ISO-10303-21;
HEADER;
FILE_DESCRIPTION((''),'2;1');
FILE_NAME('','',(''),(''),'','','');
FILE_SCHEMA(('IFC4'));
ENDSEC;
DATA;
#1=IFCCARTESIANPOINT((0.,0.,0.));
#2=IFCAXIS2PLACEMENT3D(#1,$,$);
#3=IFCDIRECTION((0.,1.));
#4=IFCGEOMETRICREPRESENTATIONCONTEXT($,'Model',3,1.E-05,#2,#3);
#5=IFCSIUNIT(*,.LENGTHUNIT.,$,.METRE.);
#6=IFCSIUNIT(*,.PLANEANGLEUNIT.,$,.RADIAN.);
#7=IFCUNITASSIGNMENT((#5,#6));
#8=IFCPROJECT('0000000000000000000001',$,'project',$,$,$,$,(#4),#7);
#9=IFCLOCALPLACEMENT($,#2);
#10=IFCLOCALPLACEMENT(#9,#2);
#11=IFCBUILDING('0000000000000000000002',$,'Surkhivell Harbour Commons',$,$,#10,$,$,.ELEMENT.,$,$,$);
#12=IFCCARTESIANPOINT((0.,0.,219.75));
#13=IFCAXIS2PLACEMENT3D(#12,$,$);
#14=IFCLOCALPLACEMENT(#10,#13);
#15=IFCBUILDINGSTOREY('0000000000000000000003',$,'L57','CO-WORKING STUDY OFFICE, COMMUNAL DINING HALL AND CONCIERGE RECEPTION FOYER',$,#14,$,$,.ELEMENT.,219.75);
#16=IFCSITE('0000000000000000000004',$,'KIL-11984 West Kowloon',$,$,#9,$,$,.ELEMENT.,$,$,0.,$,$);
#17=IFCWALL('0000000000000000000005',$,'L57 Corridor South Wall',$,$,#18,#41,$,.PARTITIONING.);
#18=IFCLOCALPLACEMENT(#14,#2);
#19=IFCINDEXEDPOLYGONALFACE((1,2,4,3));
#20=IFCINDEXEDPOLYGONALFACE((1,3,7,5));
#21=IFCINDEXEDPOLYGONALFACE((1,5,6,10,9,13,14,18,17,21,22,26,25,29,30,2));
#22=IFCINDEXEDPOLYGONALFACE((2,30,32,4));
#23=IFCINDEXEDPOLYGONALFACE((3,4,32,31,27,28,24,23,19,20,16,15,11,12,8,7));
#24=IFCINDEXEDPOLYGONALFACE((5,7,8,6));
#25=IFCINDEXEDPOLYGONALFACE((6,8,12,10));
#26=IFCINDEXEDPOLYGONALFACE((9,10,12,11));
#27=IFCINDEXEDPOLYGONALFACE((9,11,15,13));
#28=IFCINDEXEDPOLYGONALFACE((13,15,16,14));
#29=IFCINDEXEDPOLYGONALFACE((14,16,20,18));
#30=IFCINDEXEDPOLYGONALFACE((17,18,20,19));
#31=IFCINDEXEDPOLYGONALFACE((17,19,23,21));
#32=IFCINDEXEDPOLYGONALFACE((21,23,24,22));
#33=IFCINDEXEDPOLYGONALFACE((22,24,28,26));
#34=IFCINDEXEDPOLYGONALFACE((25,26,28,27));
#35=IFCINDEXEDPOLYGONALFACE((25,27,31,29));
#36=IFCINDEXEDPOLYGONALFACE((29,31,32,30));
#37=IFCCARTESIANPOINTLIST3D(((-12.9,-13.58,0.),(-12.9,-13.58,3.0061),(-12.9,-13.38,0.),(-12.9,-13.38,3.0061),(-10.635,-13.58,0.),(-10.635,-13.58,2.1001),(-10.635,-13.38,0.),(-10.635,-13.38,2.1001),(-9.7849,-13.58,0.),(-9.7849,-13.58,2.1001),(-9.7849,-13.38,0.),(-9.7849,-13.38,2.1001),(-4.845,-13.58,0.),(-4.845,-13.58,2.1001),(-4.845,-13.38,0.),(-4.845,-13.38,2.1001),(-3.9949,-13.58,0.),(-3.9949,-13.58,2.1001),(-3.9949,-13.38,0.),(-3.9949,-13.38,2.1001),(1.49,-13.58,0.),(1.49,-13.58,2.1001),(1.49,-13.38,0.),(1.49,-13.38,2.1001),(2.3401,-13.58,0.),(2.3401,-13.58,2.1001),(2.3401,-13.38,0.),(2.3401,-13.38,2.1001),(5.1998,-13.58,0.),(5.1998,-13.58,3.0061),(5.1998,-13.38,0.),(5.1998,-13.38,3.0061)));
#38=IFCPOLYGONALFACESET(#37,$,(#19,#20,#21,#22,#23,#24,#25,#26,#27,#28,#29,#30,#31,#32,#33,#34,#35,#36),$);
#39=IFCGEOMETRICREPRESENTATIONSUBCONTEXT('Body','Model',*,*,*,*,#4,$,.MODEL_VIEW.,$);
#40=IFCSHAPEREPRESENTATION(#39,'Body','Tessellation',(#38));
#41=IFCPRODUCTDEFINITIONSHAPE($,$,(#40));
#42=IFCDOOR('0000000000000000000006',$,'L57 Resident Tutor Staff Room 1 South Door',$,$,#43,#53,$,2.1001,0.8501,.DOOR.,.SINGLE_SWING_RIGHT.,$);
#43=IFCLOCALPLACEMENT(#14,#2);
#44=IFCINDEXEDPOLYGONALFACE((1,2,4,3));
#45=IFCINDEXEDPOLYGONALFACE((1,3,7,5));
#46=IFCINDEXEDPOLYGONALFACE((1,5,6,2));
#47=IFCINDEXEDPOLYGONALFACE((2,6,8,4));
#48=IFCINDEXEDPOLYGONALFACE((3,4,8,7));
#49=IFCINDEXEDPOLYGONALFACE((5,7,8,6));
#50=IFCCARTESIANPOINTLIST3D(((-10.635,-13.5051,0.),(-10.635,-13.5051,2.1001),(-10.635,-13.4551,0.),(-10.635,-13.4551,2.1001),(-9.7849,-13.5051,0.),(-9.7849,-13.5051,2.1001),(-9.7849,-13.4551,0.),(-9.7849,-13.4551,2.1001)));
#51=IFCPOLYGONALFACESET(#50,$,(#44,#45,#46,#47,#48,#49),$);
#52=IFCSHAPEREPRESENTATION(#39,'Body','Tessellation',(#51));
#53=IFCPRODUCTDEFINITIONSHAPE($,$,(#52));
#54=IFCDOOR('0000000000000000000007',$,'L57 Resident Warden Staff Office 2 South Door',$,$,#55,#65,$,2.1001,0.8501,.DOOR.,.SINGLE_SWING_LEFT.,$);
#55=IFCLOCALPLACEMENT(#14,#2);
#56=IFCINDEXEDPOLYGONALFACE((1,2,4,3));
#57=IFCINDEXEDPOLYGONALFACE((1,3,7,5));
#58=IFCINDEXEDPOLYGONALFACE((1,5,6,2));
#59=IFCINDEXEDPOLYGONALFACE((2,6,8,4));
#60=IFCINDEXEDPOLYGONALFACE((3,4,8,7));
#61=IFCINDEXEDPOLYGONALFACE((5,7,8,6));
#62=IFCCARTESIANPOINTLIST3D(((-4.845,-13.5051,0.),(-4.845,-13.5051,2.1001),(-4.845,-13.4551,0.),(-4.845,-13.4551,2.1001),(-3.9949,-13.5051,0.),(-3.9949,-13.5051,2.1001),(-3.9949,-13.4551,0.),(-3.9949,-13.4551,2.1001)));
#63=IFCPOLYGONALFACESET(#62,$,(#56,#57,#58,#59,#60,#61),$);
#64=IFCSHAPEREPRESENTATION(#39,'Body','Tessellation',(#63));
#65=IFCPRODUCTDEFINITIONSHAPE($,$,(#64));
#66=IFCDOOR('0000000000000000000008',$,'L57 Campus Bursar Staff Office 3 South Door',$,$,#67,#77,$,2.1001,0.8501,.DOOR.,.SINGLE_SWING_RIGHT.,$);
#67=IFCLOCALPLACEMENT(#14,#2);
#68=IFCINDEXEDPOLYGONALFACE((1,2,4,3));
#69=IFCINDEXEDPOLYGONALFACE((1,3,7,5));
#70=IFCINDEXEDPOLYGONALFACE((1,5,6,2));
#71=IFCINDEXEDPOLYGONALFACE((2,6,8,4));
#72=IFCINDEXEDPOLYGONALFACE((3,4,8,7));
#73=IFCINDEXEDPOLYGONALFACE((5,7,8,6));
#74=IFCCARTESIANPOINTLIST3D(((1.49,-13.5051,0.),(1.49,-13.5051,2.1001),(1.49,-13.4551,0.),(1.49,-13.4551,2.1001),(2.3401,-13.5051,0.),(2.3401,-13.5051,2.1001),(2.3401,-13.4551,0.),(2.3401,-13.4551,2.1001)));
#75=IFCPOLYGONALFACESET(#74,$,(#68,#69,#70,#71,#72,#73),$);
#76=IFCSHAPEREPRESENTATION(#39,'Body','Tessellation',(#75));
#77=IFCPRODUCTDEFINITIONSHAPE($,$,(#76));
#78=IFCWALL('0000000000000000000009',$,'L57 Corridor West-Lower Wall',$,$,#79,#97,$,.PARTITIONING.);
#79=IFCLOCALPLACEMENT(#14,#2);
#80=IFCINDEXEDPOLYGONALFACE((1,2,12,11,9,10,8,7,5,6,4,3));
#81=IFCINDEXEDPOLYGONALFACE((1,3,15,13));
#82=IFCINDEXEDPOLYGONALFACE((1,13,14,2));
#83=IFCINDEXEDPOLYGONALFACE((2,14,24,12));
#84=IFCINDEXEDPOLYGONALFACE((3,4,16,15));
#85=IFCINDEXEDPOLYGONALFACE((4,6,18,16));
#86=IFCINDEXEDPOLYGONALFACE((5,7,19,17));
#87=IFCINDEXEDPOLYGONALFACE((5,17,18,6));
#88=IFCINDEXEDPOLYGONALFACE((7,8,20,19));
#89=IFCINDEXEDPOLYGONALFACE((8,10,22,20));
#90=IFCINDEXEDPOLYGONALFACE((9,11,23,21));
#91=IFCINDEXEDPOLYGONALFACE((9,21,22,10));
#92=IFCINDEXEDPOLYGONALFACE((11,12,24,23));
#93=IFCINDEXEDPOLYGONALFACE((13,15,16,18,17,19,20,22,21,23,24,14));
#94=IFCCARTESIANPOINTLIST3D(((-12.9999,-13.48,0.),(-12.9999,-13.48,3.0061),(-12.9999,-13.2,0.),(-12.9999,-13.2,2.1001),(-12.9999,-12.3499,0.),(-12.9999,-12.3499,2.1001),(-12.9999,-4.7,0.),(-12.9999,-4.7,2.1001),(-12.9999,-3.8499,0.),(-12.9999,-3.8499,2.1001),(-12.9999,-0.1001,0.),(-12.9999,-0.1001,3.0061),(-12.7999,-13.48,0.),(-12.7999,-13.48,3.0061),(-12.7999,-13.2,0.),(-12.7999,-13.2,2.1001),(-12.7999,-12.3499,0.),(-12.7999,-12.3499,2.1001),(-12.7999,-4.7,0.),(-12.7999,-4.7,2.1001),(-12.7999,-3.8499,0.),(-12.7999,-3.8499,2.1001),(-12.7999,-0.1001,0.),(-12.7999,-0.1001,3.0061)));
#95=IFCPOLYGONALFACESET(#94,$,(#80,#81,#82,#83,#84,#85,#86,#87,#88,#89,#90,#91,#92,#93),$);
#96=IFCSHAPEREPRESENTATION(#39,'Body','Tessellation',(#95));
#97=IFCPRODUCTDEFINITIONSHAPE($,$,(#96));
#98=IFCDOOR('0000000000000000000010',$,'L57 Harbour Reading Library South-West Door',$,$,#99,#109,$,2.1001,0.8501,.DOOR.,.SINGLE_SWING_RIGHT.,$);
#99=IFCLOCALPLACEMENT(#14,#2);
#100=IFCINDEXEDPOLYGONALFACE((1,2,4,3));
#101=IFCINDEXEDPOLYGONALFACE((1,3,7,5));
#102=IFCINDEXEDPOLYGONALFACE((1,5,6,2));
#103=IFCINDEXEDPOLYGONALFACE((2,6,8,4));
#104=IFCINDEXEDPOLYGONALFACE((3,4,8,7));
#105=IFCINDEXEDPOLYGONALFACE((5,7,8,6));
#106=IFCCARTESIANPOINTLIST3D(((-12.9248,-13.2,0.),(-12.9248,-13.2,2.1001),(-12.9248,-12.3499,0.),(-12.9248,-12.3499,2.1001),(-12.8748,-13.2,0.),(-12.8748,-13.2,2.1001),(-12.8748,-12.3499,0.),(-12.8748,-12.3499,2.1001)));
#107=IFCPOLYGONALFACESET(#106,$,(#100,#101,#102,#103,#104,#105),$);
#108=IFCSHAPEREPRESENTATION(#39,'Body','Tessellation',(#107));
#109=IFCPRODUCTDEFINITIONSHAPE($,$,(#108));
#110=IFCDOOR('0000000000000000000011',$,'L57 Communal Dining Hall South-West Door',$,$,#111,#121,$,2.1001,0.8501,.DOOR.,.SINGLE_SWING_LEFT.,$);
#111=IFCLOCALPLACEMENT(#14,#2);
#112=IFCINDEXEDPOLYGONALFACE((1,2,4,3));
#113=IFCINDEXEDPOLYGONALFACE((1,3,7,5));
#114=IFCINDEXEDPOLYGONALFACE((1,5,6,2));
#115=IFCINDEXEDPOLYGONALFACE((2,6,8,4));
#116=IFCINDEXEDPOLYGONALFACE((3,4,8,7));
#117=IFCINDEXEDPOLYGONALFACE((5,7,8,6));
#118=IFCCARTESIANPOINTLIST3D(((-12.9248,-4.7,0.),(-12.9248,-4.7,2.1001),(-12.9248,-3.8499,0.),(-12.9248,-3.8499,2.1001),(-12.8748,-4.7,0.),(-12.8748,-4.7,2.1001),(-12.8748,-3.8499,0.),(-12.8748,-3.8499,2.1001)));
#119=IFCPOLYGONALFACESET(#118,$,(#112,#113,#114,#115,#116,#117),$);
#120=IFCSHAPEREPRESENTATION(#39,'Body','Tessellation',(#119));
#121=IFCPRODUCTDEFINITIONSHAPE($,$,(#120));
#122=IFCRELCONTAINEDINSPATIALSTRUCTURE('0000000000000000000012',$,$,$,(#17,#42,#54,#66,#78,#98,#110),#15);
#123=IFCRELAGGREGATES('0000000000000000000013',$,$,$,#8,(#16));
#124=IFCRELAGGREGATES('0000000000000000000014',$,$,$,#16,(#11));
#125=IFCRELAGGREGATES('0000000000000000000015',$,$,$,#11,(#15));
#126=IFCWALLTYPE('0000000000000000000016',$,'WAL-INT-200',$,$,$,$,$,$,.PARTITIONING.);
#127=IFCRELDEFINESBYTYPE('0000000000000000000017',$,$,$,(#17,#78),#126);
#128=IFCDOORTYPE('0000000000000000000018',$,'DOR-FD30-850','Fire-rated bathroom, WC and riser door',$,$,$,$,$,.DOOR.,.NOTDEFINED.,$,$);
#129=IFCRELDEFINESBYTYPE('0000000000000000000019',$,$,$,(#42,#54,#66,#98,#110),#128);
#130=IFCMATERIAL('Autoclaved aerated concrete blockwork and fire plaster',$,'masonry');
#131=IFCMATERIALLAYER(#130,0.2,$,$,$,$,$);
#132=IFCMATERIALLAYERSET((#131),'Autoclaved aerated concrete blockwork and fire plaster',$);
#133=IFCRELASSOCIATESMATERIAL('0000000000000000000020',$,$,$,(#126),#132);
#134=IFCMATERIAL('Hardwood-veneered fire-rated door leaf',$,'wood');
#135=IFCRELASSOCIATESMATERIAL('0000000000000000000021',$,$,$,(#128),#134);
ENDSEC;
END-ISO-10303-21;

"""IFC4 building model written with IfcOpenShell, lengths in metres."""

from ifc_helpers import new_model, si_unit, direction, frame, frame_2d, origin, place, context, subcontext, project, spatial, rectangle, extrude, material, layer, layer_set, type_object, element, fill, save


model = new_model("IFC4")

# Units and contexts
model_context = context("Model", 3, precision=1e-05, world=origin(), true_north=direction((0.0, 1.0)))
body_context = subcontext(model_context, "Body", "Model", "MODEL_VIEW")
ifc_project = project(units=[si_unit("LENGTHUNIT", "METRE"), si_unit("PLANEANGLEUNIT", "RADIAN")], contexts=[model_context])

# Site, building, storey
site_placement = place(None, origin())
site = spatial("IfcSite", under=ifc_project, at=site_placement, Name="KIL-11984 West Kowloon", CompositionType="ELEMENT", RefElevation=0.0)
building_placement = place(site_placement, origin())
building = spatial("IfcBuilding", under=site, at=building_placement, Name="Surkhivell Harbour Commons", CompositionType="ELEMENT")
storey_placement = place(building_placement, frame((0.0, 0.0, 219.75)))
storey = spatial("IfcBuildingStorey", under=building, at=storey_placement, Name="L57", Description="CO-WORKING STUDY OFFICE, COMMUNAL DINING HALL AND CONCIERGE RECEPTION FOYER", CompositionType="ELEMENT", Elevation=219.75)

# Walls, openings, doors
ifc_material_1 = material(Name="Autoclaved aerated concrete blockwork and fire plaster", Category="masonry")
ifc_layer_1 = layer(ifc_material_1, 0.2)
ifc_layer_set_1 = layer_set([ifc_layer_1], Name="Autoclaved aerated concrete blockwork and fire plaster")
wall_type_1 = type_object("IfcWallType", Name="WAL-INT-200", PredefinedType="PARTITIONING", material=ifc_layer_set_1)
wall_1_placement = place(storey_placement, frame((-12.8999, -13.48, 0.0), z_axis=(0.0, 0.0, 1.0), x_axis=(1.0, 0.0, 0.0)))
wall_1 = element("IfcWall", 1, at=wall_1_placement, inside=storey, type_object=wall_type_1, Name="L57 Corridor South Wall", PredefinedType="PARTITIONING", context=body_context, shape_type="SweptSolid", body=[
    extrude(rectangle(XDim=18.0999, YDim=0.2, at=frame_2d((9.0498, 0.0))), origin(), (0.0, 0.0, 1.0), 3.0061),
])
opening_1_placement = place(wall_1_placement, frame((2.2649, 0.0, 0.0)))
opening_1 = element("IfcOpeningElement", 2, at=opening_1_placement, cuts=wall_1, PredefinedType="OPENING", context=body_context, shape_type="SweptSolid", body=[
    extrude(rectangle(XDim=0.8501, YDim=2.1001, at=frame_2d((0.425, 1.05))), frame((0.0, 0.1099, 0.0), z_axis=(0.0, -1.0, 0.0), x_axis=(1.0, 0.0, 0.0)), (0.0, 0.0, 1.0), 0.22),
])
opening_2_placement = place(wall_1_placement, frame((8.0549, 0.0, 0.0)))
opening_2 = element("IfcOpeningElement", 3, at=opening_2_placement, cuts=wall_1, PredefinedType="OPENING", context=body_context, shape_type="SweptSolid", body=[
    extrude(rectangle(XDim=0.8501, YDim=2.1001, at=frame_2d((0.425, 1.05))), frame((0.0, 0.1099, 0.0), z_axis=(0.0, -1.0, 0.0), x_axis=(1.0, 0.0, 0.0)), (0.0, 0.0, 1.0), 0.22),
])
opening_3_placement = place(wall_1_placement, frame((14.3899, 0.0, 0.0)))
opening_3 = element("IfcOpeningElement", 4, at=opening_3_placement, cuts=wall_1, PredefinedType="OPENING", context=body_context, shape_type="SweptSolid", body=[
    extrude(rectangle(XDim=0.8501, YDim=2.1001, at=frame_2d((0.425, 1.05))), frame((0.0, 0.1099, 0.0), z_axis=(0.0, -1.0, 0.0), x_axis=(1.0, 0.0, 0.0)), (0.0, 0.0, 1.0), 0.22),
])
ifc_material_2 = material(Name="Hardwood-veneered fire-rated door leaf", Category="wood")
door_type = type_object("IfcDoorType", Name="DOR-FD30-850", Description="Fire-rated bathroom, WC and riser door", OperationType="NOTDEFINED", PredefinedType="DOOR", material=ifc_material_2)
door_1_placement = place(opening_1_placement, origin())
door_1 = element("IfcDoor", 5, at=door_1_placement, inside=storey, type_object=door_type, Name="L57 Resident Tutor Staff Room 1 South Door", OperationType="SINGLE_SWING_RIGHT", OverallHeight=2.1001, OverallWidth=0.8501, PredefinedType="DOOR", context=body_context, shape_type="SweptSolid", body=[
    extrude(rectangle(XDim=0.8501, YDim=2.1001, at=frame_2d((0.425, 1.05))), frame((0.0, 0.0249, 0.0), z_axis=(0.0, -1.0, 0.0), x_axis=(1.0, 0.0, 0.0)), (0.0, 0.0, 1.0), 0.05),
])
fill(opening_1, door_1)
door_2_placement = place(opening_2_placement, origin())
door_2 = element("IfcDoor", 6, at=door_2_placement, inside=storey, type_object=door_type, Name="L57 Resident Warden Staff Office 2 South Door", OperationType="SINGLE_SWING_LEFT", OverallHeight=2.1001, OverallWidth=0.8501, PredefinedType="DOOR", context=body_context, shape_type="SweptSolid", body=[
    extrude(rectangle(XDim=0.8501, YDim=2.1001, at=frame_2d((0.425, 1.05))), frame((0.0, 0.0249, 0.0), z_axis=(0.0, -1.0, 0.0), x_axis=(1.0, 0.0, 0.0)), (0.0, 0.0, 1.0), 0.05),
])
fill(opening_2, door_2)
door_3_placement = place(opening_3_placement, origin())
door_3 = element("IfcDoor", 7, at=door_3_placement, inside=storey, type_object=door_type, Name="L57 Campus Bursar Staff Office 3 South Door", OperationType="SINGLE_SWING_RIGHT", OverallHeight=2.1001, OverallWidth=0.8501, PredefinedType="DOOR", context=body_context, shape_type="SweptSolid", body=[
    extrude(rectangle(XDim=0.8501, YDim=2.1001, at=frame_2d((0.425, 1.05))), frame((0.0, 0.0249, 0.0), z_axis=(0.0, -1.0, 0.0), x_axis=(1.0, 0.0, 0.0)), (0.0, 0.0, 1.0), 0.05),
])
fill(opening_3, door_3)
wall_2_placement = place(storey_placement, frame((-12.8999, -13.48, 0.0), z_axis=(0.0, 0.0, 1.0), x_axis=(0.0, 1.0, 0.0)))
wall_2 = element("IfcWall", 8, at=wall_2_placement, inside=storey, type_object=wall_type_1, Name="L57 Corridor West-Lower Wall", PredefinedType="PARTITIONING", context=body_context, shape_type="SweptSolid", body=[
    extrude(rectangle(XDim=13.3799, YDim=0.2, at=frame_2d((6.6899, 0.0))), origin(), (0.0, 0.0, 1.0), 3.0061),
])
opening_4_placement = place(wall_2_placement, frame((0.28, 0.0, 0.0)))
opening_4 = element("IfcOpeningElement", 9, at=opening_4_placement, cuts=wall_2, PredefinedType="OPENING", context=body_context, shape_type="SweptSolid", body=[
    extrude(rectangle(XDim=0.8501, YDim=2.1001, at=frame_2d((0.425, 1.05))), frame((0.0, 0.1099, 0.0), z_axis=(0.0, -1.0, 0.0), x_axis=(1.0, 0.0, 0.0)), (0.0, 0.0, 1.0), 0.22),
])
opening_5_placement = place(wall_2_placement, frame((8.78, 0.0, 0.0)))
opening_5 = element("IfcOpeningElement", 10, at=opening_5_placement, cuts=wall_2, PredefinedType="OPENING", context=body_context, shape_type="SweptSolid", body=[
    extrude(rectangle(XDim=0.8501, YDim=2.1001, at=frame_2d((0.425, 1.05))), frame((0.0, 0.1099, 0.0), z_axis=(0.0, -1.0, 0.0), x_axis=(1.0, 0.0, 0.0)), (0.0, 0.0, 1.0), 0.22),
])
door_4_placement = place(opening_4_placement, origin())
door_4 = element("IfcDoor", 11, at=door_4_placement, inside=storey, type_object=door_type, Name="L57 Harbour Reading Library South-West Door", OperationType="SINGLE_SWING_RIGHT", OverallHeight=2.1001, OverallWidth=0.8501, PredefinedType="DOOR", context=body_context, shape_type="SweptSolid", body=[
    extrude(rectangle(XDim=0.8501, YDim=2.1001, at=frame_2d((0.425, 1.05))), frame((0.0, 0.0249, 0.0), z_axis=(0.0, -1.0, 0.0), x_axis=(1.0, 0.0, 0.0)), (0.0, 0.0, 1.0), 0.05),
])
fill(opening_4, door_4)
door_5_placement = place(opening_5_placement, origin())
door_5 = element("IfcDoor", 12, at=door_5_placement, inside=storey, type_object=door_type, Name="L57 Communal Dining Hall South-West Door", OperationType="SINGLE_SWING_LEFT", OverallHeight=2.1001, OverallWidth=0.8501, PredefinedType="DOOR", context=body_context, shape_type="SweptSolid", body=[
    extrude(rectangle(XDim=0.8501, YDim=2.1001, at=frame_2d((0.425, 1.05))), frame((0.0, 0.0249, 0.0), z_axis=(0.0, -1.0, 0.0), x_axis=(1.0, 0.0, 0.0)), (0.0, 0.0, 1.0), 0.05),
])
fill(opening_5, door_5)

save(model, "model.ifc")
